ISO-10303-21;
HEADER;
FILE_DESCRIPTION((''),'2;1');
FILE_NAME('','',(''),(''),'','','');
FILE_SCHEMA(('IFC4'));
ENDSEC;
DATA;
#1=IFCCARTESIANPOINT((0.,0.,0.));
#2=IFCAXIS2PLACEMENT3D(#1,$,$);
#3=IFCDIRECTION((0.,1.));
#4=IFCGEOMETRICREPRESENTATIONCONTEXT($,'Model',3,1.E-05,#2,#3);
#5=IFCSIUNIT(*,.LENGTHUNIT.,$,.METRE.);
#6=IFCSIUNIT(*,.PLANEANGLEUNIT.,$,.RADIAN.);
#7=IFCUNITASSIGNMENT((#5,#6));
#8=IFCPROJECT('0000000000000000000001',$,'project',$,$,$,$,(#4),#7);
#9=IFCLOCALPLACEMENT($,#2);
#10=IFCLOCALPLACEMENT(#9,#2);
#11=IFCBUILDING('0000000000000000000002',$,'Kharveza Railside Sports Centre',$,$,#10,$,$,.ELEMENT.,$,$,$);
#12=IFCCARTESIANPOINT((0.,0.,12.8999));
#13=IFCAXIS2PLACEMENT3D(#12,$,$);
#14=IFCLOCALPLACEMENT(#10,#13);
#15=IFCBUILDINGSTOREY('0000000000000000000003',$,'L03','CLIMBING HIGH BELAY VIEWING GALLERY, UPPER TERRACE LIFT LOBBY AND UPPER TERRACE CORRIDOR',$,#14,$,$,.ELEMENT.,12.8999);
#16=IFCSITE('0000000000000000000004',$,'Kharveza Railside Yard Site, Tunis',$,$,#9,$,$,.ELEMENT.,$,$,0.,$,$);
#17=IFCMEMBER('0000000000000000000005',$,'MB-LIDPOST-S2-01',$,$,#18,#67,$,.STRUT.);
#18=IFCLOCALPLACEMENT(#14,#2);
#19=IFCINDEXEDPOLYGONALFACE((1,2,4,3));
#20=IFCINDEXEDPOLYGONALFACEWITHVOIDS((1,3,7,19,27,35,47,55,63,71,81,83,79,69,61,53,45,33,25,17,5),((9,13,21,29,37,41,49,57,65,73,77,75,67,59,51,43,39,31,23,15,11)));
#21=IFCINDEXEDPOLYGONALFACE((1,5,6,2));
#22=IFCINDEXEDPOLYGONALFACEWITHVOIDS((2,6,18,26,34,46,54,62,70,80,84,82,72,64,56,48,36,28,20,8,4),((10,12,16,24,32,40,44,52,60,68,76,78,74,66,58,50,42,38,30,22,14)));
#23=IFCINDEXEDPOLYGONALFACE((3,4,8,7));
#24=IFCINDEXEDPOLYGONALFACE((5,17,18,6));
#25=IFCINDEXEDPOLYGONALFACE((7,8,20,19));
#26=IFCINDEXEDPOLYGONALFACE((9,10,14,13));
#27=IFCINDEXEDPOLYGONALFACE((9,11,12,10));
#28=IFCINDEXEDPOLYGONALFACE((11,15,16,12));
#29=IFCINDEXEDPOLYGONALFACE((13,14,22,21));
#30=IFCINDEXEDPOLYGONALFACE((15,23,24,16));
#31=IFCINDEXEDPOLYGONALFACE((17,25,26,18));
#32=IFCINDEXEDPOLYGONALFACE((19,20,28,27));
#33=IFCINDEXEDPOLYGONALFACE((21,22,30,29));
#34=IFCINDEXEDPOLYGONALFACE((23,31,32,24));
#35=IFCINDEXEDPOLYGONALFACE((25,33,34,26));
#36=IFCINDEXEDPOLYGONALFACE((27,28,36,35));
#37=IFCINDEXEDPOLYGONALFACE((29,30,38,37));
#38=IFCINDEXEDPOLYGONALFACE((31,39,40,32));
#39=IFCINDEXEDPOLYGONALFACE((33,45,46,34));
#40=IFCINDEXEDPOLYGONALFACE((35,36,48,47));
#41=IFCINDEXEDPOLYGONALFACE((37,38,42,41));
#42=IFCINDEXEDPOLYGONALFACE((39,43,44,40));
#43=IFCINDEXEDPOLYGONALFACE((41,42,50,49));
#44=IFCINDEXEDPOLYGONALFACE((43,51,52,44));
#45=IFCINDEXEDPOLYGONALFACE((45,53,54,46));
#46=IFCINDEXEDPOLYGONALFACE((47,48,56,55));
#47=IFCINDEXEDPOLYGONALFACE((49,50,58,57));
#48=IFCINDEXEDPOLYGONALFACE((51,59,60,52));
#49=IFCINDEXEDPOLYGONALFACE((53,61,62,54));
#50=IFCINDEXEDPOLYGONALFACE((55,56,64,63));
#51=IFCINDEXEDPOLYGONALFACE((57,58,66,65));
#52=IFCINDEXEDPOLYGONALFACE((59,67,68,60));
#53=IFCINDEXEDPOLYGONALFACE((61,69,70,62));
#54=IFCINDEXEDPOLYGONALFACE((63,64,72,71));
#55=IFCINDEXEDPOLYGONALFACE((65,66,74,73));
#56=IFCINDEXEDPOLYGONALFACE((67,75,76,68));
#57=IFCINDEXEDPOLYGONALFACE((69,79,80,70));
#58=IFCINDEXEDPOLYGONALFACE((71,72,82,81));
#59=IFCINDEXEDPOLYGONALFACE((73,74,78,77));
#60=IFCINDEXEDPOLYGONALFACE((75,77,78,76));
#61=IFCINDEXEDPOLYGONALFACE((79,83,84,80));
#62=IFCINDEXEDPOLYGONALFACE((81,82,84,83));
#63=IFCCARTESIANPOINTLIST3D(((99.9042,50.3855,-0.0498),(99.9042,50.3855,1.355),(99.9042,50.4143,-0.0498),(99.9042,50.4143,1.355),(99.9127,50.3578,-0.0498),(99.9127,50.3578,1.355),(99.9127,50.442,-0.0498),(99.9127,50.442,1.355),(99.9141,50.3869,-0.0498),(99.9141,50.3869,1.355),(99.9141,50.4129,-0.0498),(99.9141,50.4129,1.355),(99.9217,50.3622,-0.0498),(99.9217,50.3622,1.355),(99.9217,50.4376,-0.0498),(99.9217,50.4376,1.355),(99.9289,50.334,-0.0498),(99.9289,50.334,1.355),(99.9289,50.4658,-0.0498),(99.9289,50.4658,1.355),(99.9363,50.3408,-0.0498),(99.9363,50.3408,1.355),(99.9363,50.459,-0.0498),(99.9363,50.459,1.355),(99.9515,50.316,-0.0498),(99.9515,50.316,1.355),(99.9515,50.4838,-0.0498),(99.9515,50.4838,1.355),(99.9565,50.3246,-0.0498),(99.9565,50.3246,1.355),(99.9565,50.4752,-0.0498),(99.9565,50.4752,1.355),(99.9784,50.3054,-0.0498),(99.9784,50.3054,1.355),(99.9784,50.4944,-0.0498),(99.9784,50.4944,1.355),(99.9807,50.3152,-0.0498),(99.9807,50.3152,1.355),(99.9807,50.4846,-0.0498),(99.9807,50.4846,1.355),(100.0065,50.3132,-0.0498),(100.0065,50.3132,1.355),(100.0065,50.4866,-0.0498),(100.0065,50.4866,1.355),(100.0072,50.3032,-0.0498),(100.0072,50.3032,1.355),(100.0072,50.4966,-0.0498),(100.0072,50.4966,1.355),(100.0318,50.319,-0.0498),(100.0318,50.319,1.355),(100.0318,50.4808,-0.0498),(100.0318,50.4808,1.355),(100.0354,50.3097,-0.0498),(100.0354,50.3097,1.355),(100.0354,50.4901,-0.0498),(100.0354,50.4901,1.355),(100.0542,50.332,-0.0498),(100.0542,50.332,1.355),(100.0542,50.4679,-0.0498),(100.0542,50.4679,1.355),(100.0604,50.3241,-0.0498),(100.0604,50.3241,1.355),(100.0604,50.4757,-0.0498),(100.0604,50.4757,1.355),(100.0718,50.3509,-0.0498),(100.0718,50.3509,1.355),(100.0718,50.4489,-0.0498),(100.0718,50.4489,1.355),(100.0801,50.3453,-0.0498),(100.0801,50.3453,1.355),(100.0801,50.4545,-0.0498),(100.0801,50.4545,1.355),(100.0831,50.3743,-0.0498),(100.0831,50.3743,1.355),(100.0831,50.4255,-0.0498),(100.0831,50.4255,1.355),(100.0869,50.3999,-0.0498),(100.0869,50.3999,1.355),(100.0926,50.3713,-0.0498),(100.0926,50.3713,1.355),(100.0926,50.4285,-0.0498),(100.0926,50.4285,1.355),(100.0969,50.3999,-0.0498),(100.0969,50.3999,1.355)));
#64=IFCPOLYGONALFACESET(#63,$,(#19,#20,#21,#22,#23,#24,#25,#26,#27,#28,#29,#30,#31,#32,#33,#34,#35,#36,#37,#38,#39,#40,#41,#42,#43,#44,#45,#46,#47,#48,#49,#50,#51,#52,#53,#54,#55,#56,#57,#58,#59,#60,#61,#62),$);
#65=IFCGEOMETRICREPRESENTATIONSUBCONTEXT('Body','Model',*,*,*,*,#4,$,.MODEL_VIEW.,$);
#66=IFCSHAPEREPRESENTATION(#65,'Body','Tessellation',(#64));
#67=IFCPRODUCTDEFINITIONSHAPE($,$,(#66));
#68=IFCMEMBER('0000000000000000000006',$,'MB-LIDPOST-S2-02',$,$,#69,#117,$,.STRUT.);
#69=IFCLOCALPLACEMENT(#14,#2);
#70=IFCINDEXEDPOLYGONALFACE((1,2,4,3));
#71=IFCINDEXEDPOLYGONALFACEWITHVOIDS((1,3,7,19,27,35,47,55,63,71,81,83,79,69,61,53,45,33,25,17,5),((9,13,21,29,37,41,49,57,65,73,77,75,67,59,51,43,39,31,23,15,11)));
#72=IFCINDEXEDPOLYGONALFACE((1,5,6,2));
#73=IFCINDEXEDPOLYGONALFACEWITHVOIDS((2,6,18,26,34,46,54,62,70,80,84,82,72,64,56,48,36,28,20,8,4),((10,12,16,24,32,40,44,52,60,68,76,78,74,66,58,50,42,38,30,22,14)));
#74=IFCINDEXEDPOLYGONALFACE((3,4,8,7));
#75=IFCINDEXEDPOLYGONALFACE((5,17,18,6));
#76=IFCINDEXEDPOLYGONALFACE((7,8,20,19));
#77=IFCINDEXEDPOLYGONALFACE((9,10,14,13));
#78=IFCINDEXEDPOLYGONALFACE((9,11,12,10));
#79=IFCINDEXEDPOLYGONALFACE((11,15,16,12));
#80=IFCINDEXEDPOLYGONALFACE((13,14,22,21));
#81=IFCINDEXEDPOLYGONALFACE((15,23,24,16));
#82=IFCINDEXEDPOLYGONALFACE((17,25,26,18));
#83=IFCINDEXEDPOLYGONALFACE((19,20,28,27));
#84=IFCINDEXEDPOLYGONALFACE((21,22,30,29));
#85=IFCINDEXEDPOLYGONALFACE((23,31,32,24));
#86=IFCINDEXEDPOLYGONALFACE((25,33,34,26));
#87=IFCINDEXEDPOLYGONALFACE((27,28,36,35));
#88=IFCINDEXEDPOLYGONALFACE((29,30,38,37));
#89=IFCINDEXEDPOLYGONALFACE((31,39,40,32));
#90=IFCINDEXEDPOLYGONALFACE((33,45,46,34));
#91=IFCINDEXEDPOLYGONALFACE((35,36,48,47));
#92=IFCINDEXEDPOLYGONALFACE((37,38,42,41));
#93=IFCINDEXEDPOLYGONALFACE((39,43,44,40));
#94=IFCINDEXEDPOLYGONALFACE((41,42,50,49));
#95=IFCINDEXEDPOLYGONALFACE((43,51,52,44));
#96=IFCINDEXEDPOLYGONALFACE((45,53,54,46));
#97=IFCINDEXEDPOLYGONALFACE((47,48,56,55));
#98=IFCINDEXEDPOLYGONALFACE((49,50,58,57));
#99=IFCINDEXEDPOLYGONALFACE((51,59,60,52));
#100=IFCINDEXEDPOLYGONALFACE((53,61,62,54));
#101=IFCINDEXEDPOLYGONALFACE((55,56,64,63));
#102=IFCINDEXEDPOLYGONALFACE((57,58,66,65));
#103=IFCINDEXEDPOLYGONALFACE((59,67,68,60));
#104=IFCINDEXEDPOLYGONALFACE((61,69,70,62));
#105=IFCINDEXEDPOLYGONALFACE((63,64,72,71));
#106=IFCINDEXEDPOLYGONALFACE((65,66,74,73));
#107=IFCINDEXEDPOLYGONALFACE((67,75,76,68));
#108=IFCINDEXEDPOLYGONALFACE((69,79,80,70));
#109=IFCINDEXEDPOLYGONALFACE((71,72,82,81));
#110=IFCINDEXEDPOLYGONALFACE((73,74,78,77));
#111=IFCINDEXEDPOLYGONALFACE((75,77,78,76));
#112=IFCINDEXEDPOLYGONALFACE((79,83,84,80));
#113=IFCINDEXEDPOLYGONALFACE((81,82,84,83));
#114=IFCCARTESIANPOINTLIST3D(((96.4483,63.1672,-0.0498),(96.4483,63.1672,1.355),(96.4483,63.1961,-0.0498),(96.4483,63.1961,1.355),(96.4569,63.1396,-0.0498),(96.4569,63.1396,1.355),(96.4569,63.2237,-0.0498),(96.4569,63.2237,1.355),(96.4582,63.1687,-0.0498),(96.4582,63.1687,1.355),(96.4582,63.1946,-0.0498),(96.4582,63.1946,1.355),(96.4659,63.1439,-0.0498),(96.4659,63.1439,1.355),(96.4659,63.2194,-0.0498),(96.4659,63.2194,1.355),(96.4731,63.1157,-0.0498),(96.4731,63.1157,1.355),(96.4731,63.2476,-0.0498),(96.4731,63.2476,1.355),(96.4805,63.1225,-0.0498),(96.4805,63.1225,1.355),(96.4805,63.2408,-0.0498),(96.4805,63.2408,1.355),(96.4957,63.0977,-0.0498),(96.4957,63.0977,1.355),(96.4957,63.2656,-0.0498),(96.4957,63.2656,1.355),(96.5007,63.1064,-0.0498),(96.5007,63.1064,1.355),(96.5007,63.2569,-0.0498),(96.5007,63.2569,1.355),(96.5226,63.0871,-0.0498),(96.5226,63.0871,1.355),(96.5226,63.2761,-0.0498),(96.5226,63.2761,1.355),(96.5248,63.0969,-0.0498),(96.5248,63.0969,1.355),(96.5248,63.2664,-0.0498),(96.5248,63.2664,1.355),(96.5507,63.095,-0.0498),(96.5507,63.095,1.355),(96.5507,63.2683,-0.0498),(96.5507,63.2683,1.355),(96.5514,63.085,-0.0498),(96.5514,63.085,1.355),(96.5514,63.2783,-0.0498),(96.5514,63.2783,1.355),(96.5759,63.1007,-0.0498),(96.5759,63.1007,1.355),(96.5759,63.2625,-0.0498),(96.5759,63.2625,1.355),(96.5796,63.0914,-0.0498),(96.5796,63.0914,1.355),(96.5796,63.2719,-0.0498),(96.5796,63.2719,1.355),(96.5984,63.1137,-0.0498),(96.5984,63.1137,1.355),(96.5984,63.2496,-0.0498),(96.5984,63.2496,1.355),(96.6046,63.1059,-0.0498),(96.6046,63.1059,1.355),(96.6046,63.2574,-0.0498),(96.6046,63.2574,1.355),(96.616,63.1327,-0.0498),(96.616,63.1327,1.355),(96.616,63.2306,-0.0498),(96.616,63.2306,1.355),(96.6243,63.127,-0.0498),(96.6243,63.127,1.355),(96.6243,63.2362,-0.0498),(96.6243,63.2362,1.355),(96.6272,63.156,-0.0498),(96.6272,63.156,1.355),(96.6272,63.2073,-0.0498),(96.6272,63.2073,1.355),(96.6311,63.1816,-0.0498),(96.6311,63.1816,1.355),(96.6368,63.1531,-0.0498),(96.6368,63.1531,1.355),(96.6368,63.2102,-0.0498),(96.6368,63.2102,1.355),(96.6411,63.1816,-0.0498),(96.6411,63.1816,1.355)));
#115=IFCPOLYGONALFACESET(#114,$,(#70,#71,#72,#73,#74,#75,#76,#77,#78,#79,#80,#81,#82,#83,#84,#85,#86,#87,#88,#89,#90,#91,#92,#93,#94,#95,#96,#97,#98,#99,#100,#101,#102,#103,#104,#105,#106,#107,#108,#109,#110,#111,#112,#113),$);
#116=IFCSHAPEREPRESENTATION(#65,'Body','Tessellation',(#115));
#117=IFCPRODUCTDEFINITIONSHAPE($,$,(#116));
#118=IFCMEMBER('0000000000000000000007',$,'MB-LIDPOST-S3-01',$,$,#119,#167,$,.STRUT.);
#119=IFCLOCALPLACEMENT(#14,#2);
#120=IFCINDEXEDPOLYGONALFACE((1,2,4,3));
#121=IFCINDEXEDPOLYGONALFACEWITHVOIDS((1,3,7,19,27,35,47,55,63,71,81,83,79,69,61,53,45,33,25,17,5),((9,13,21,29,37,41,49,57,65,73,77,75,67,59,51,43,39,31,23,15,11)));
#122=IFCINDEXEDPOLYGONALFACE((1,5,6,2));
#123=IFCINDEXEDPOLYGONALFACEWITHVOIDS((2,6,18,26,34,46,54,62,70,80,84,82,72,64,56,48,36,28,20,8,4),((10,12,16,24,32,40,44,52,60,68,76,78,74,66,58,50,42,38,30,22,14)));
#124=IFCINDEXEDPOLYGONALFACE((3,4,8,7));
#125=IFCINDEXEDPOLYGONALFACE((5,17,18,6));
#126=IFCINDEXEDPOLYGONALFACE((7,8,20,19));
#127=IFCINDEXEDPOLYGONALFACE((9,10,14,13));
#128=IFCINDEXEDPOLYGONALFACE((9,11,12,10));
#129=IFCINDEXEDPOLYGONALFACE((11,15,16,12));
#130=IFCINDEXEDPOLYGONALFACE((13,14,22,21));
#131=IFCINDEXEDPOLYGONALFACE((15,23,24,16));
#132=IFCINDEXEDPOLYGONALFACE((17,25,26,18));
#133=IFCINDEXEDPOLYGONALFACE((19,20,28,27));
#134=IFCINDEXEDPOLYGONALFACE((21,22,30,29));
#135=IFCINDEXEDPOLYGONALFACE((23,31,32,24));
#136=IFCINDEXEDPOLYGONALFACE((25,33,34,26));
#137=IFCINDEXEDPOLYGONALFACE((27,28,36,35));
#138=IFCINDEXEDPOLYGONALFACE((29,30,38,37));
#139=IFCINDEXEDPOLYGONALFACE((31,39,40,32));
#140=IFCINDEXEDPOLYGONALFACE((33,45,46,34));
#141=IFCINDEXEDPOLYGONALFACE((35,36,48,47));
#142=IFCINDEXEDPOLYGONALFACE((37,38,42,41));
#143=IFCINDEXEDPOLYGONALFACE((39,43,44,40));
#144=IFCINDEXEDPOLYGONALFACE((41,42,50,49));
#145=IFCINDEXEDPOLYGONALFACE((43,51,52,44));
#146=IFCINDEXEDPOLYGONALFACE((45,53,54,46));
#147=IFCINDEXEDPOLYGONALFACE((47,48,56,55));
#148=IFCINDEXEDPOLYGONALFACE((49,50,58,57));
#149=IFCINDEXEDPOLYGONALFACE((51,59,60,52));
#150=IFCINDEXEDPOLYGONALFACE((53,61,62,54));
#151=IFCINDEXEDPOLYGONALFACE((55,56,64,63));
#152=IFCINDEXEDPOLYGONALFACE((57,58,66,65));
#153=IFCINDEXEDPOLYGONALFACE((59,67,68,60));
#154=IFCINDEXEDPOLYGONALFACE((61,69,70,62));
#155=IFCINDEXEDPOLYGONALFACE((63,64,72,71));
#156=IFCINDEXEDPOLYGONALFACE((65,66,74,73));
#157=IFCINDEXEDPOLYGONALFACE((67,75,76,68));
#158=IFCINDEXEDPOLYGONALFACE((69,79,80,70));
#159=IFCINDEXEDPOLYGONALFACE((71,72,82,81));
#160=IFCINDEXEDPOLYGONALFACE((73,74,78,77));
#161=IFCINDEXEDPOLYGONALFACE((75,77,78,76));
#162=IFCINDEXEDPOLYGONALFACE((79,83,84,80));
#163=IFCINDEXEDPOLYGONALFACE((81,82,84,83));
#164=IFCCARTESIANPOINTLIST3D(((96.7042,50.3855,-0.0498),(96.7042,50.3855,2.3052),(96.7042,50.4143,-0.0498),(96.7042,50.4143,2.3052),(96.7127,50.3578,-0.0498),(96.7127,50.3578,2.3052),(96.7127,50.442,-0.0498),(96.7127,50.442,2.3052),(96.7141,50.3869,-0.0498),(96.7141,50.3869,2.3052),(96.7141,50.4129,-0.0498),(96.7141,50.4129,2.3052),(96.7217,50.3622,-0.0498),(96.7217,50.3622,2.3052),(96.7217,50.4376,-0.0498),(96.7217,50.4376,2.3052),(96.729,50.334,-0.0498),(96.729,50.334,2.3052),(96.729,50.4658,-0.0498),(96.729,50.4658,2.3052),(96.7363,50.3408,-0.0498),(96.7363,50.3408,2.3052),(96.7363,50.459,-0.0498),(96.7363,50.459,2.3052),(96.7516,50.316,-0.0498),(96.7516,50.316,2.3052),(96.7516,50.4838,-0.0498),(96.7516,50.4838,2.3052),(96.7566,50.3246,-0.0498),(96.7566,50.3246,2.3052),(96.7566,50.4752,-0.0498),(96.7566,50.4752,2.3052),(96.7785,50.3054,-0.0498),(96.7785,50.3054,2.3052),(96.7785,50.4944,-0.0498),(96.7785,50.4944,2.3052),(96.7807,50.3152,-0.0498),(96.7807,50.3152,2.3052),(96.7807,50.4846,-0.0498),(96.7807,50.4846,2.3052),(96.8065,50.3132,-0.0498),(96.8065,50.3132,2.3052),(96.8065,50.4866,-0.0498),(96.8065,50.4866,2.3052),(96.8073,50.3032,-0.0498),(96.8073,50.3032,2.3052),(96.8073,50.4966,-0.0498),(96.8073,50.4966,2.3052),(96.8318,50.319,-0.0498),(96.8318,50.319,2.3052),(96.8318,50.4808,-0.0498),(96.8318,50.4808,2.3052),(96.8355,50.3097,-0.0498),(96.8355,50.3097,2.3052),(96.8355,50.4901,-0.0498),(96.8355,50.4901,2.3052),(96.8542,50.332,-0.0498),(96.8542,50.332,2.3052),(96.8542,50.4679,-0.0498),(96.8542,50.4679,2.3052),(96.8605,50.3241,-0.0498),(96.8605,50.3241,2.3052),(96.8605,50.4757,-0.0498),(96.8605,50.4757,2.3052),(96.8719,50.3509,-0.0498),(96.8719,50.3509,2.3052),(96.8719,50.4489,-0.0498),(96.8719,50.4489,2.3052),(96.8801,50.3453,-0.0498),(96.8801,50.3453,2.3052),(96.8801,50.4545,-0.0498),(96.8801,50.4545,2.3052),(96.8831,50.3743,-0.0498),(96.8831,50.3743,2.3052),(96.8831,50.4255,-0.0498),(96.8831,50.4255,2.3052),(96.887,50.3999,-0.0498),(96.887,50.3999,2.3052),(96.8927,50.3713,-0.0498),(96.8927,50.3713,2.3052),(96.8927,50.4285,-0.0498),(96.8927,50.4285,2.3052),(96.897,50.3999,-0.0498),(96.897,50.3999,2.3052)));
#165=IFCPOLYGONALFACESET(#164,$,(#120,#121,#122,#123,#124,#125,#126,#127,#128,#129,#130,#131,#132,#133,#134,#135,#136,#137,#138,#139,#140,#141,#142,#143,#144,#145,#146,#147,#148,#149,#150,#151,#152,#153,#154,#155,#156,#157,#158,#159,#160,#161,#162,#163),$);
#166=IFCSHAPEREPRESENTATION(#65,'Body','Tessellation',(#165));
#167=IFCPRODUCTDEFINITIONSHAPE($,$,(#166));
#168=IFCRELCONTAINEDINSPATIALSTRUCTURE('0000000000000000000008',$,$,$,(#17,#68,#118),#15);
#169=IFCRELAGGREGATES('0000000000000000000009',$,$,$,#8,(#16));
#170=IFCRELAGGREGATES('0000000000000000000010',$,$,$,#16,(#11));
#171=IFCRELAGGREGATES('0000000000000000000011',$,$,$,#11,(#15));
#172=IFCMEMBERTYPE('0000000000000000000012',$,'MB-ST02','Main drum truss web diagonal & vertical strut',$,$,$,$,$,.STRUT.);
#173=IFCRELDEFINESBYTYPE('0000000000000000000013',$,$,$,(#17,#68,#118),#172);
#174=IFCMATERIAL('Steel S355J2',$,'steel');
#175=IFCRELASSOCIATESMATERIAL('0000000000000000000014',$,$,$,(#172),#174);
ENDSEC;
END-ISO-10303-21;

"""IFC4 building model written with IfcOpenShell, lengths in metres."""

from ifc_helpers import new_model, si_unit, direction, frame, origin, origin_2d, place, context, subcontext, project, spatial, hollow_circle, extrude, material, material_profile, profile_set, type_object, element, save


model = new_model("IFC4")

# Units and contexts
model_context = context("Model", 3, precision=1e-05, world=origin(), true_north=direction((0.0, 1.0)))
body_context = subcontext(model_context, "Body", "Model", "MODEL_VIEW")
ifc_project = project(units=[si_unit("LENGTHUNIT", "METRE"), si_unit("PLANEANGLEUNIT", "RADIAN")], contexts=[model_context])

# Site, building, storey
site_placement = place(None, origin())
site = spatial("IfcSite", under=ifc_project, at=site_placement, Name="Kharveza Railside Yard Site, Tunis", CompositionType="ELEMENT", RefElevation=0.0)
building_placement = place(site_placement, origin())
building = spatial("IfcBuilding", under=site, at=building_placement, Name="Kharveza Railside Sports Centre", CompositionType="ELEMENT")
storey_placement = place(building_placement, frame((0.0, 0.0, 12.8999)))
storey = spatial("IfcBuildingStorey", under=building, at=storey_placement, Name="L03", Description="CLIMBING HIGH BELAY VIEWING GALLERY, UPPER TERRACE LIFT LOBBY AND UPPER TERRACE CORRIDOR", CompositionType="ELEMENT", Elevation=12.8999)

# Shared definitions
ifc_material_1 = material(Name="Steel S355J2", Category="steel")

# Members
ifc_material_profile_1 = material_profile(ifc_material_1, hollow_circle(Radius=0.0969, WallThickness=0.01, at=origin_2d()), Name="CHS 193.7x10.0")
ifc_profile_set_1 = profile_set([ifc_material_profile_1], Name="Steel S355J2")
member_type_1 = type_object("IfcMemberType", Name="MB-ST02", Description="Main drum truss web diagonal & vertical strut", PredefinedType="STRUT", material=ifc_profile_set_1)
for number, where, z_axis, x_axis, name in (
    (1, (100.0, 50.3999, -0.0498), (0.0, 0.0, 1.0), (1.0, 0.0, 0.0), "MB-LIDPOST-S2-01"),
    (2, (96.5442, 63.1816, -0.0498), (0.0, 0.0, 1.0), (1.0, 0.0, 0.0), "MB-LIDPOST-S2-02"),
):
    element("IfcMember", number, at=place(storey_placement, frame(where, z_axis=z_axis, x_axis=x_axis)), inside=storey, type_object=member_type_1, Name=name, PredefinedType="STRUT", context=body_context, shape_type="SweptSolid", body=[
        extrude(hollow_circle(Radius=0.0969, WallThickness=0.01, at=origin_2d()), origin(), (0.0, 0.0, 1.0), 1.4048),
    ])
for number, where, z_axis, x_axis, name in (
    (3, (96.8, 50.3999, -0.0498), (0.0, 0.0, 1.0), (1.0, 0.0, 0.0), "MB-LIDPOST-S3-01"),
):
    element("IfcMember", number, at=place(storey_placement, frame(where, z_axis=z_axis, x_axis=x_axis)), inside=storey, type_object=member_type_1, Name=name, PredefinedType="STRUT", context=body_context, shape_type="SweptSolid", body=[
        extrude(hollow_circle(Radius=0.0969, WallThickness=0.01, at=origin_2d()), origin(), (0.0, 0.0, 1.0), 2.355),
    ])

save(model, "model.ifc")
